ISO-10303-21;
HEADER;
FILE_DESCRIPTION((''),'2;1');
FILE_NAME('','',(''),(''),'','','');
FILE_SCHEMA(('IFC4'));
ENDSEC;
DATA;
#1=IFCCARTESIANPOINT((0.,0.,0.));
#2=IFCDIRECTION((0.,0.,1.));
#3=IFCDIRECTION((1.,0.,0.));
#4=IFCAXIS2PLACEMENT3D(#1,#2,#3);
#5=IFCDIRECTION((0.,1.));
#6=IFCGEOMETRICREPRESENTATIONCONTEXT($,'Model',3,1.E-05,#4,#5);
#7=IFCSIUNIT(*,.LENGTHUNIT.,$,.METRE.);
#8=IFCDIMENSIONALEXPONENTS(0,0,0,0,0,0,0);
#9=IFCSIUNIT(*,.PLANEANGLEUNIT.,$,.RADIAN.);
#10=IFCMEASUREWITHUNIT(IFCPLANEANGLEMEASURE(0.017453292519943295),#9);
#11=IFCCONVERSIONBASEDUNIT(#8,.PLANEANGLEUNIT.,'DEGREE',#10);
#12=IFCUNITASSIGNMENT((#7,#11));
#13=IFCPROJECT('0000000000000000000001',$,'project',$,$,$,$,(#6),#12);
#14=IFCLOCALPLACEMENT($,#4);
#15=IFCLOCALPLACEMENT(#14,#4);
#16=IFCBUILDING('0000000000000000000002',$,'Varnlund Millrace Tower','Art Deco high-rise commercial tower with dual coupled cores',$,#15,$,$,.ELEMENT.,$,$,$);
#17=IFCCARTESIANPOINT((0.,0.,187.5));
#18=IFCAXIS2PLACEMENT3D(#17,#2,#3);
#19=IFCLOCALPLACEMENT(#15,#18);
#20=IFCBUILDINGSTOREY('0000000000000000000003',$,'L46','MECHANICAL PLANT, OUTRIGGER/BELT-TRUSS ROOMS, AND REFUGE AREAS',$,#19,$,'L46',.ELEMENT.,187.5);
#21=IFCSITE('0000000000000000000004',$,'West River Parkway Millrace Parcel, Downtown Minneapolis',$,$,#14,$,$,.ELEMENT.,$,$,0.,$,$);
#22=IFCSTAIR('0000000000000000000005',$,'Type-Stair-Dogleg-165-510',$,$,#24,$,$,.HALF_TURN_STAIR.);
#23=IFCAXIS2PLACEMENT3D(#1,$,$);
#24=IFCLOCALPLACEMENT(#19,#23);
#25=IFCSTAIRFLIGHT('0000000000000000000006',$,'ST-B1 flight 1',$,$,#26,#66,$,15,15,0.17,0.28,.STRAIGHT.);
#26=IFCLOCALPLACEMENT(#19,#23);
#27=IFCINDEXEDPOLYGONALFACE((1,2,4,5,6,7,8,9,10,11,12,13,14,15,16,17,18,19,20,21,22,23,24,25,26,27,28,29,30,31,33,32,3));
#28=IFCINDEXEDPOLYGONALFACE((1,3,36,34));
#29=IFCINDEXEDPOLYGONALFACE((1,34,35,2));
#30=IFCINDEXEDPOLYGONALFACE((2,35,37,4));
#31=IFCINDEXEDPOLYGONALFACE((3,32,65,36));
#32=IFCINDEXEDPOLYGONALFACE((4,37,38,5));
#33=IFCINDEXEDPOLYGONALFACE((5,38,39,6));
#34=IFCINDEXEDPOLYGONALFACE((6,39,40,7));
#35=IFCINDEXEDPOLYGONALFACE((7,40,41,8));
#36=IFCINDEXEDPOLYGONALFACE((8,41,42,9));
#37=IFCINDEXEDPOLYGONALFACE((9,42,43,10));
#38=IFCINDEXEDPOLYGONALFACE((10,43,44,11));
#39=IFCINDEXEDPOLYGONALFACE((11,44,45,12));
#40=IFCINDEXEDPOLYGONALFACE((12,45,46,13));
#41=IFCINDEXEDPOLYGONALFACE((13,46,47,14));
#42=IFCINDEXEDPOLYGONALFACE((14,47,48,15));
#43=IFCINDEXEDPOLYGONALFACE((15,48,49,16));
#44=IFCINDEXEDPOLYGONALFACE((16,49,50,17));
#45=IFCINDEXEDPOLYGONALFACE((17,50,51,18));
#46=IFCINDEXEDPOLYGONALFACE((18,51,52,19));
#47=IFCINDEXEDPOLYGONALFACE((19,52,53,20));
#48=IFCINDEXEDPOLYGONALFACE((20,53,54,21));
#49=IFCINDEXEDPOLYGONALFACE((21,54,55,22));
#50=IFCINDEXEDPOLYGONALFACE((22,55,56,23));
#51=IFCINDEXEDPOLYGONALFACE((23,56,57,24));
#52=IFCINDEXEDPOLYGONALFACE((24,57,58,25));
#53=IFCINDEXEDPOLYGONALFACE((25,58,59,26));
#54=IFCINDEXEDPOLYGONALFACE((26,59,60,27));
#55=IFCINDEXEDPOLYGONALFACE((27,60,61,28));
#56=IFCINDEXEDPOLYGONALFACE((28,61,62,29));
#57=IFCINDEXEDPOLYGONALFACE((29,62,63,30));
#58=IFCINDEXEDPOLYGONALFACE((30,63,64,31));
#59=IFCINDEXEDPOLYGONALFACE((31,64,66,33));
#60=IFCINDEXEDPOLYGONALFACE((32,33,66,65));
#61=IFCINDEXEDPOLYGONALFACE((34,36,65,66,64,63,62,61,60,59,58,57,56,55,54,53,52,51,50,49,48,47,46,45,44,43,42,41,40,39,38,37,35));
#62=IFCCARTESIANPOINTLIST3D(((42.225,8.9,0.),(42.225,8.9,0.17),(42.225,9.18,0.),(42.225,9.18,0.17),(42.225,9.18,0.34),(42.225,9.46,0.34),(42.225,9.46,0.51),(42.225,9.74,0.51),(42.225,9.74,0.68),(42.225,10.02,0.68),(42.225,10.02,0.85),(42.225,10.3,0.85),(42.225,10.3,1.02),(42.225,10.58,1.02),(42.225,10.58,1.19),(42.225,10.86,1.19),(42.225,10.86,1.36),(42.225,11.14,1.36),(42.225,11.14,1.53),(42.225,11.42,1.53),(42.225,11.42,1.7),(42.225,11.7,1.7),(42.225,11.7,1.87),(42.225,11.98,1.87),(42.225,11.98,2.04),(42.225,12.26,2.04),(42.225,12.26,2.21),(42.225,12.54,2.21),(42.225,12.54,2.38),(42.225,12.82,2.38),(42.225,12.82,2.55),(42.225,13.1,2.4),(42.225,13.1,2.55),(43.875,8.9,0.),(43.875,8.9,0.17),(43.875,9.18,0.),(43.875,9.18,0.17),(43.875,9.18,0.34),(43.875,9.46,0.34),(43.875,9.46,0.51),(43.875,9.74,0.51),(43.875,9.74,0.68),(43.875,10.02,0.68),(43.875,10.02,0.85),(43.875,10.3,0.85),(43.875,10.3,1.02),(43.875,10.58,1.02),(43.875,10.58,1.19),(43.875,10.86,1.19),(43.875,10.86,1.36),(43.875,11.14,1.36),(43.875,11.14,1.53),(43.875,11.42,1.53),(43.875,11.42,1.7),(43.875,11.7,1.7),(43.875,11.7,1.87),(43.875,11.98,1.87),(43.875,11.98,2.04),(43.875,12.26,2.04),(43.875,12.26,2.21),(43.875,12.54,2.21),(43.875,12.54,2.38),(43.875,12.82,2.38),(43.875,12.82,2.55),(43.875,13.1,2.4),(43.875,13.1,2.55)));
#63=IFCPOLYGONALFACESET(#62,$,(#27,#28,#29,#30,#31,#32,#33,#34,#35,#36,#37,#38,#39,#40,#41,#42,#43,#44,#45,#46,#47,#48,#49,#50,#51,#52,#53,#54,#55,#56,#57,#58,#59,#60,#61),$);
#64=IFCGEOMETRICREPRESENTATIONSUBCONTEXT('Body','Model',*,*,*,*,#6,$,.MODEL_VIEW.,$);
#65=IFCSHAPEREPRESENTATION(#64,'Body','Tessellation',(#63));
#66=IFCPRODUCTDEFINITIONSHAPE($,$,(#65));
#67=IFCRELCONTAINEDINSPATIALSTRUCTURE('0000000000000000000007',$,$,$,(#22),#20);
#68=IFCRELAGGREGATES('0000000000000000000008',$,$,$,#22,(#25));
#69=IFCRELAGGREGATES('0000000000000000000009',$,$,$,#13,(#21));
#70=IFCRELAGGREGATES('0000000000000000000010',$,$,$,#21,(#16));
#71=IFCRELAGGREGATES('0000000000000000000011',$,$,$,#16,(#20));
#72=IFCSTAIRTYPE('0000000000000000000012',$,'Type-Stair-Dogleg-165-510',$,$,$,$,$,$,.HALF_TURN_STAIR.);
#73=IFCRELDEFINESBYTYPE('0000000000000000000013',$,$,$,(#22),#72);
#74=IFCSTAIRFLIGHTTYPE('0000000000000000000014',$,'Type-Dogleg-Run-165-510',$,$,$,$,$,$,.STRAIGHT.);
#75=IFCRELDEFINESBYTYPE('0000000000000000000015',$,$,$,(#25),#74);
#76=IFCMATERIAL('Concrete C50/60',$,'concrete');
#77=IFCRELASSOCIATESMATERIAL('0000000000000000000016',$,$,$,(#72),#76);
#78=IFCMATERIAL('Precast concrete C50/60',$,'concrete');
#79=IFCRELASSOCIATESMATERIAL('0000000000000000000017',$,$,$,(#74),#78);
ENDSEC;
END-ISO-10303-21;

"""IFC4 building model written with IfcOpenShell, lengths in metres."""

from ifc_helpers import new_model, entity, si_unit, converted_unit, direction, frame, origin_with_axes, place, context, subcontext, project, spatial, polyline, outline, extrude, material, type_object, element, aggregate, save


model = new_model("IFC4")

# Units and contexts
model_context = context("Model", 3, precision=1e-05, world=origin_with_axes(), true_north=direction((0.0, 1.0)))
body_context = subcontext(model_context, "Body", "Model", "MODEL_VIEW")
ifc_project = project(units=[si_unit("LENGTHUNIT", "METRE"), converted_unit("PLANEANGLEUNIT", "DEGREE", entity("IfcPlaneAngleMeasure", 0.017453292519943295), si_unit("PLANEANGLEUNIT", "RADIAN"), dimensions=[0, 0, 0, 0, 0, 0, 0])], contexts=[model_context])

# Site, building, storey
site_placement = place(None, origin_with_axes())
site = spatial("IfcSite", under=ifc_project, at=site_placement, Name="West River Parkway Millrace Parcel, Downtown Minneapolis", CompositionType="ELEMENT", RefElevation=0.0)
building_placement = place(site_placement, origin_with_axes())
building = spatial("IfcBuilding", under=site, at=building_placement, Name="Varnlund Millrace Tower", Description="Art Deco high-rise commercial tower with dual coupled cores", CompositionType="ELEMENT")
storey_placement = place(building_placement, frame((0.0, 0.0, 187.5), z_axis=(0.0, 0.0, 1.0), x_axis=(1.0, 0.0, 0.0)))
storey = spatial("IfcBuildingStorey", under=building, at=storey_placement, Name="L46", Description="MECHANICAL PLANT, OUTRIGGER/BELT-TRUSS ROOMS, AND REFUGE AREAS", LongName="L46", CompositionType="ELEMENT", Elevation=187.5)

# Stair, stair flight
ifc_material_1 = material(Name="Concrete C50/60", Category="concrete")
stair_type = type_object("IfcStairType", Name="Type-Stair-Dogleg-165-510", PredefinedType="HALF_TURN_STAIR", material=ifc_material_1)
stair_placement = place(storey_placement, origin_with_axes())
stair = element("IfcStair", 1, at=stair_placement, inside=storey, type_object=stair_type, Name="Type-Stair-Dogleg-165-510", PredefinedType="HALF_TURN_STAIR")
ifc_material_2 = material(Name="Precast concrete C50/60", Category="concrete")
stair_flight_type = type_object("IfcStairFlightType", Name="Type-Dogleg-Run-165-510", PredefinedType="STRAIGHT", material=ifc_material_2)
stair_flight_placement = place(storey_placement, frame((42.225, 8.9, 0.0), z_axis=(1.0, 0.0, 0.0), x_axis=(0.0, 1.0, 0.0)))
stair_flight = element("IfcStairFlight", 2, at=stair_flight_placement, type_object=stair_flight_type, Name="ST-B1 flight 1", NumberOfRisers=15, NumberOfTreads=15, PredefinedType="STRAIGHT", RiserHeight=0.17, TreadLength=0.28, context=body_context, shape_type="SweptSolid", body=[
    extrude(outline(polyline([(0.0, 0.0), (0.0, 0.17), (0.28, 0.17), (0.28, 0.34), (0.56, 0.34), (0.56, 0.51), (0.84, 0.51), (0.84, 0.68), (1.12, 0.68), (1.12, 0.85), (1.4, 0.85), (1.4, 1.02), (1.68, 1.02), (1.68, 1.19), (1.96, 1.19), (1.96, 1.36), (2.24, 1.36), (2.24, 1.53), (2.52, 1.53), (2.52, 1.7), (2.8, 1.7), (2.8, 1.87), (3.08, 1.87), (3.08, 2.04), (3.36, 2.04), (3.36, 2.21), (3.64, 2.21), (3.64, 2.38), (3.92, 2.38), (3.92, 2.55), (4.2, 2.55), (4.2, 2.4), (0.28, 0.0), (0.0, 0.0)])), origin_with_axes(), (0.0, 0.0, 1.0), 1.65),
])
aggregate(stair, [stair_flight])

save(model, "model.ifc")
